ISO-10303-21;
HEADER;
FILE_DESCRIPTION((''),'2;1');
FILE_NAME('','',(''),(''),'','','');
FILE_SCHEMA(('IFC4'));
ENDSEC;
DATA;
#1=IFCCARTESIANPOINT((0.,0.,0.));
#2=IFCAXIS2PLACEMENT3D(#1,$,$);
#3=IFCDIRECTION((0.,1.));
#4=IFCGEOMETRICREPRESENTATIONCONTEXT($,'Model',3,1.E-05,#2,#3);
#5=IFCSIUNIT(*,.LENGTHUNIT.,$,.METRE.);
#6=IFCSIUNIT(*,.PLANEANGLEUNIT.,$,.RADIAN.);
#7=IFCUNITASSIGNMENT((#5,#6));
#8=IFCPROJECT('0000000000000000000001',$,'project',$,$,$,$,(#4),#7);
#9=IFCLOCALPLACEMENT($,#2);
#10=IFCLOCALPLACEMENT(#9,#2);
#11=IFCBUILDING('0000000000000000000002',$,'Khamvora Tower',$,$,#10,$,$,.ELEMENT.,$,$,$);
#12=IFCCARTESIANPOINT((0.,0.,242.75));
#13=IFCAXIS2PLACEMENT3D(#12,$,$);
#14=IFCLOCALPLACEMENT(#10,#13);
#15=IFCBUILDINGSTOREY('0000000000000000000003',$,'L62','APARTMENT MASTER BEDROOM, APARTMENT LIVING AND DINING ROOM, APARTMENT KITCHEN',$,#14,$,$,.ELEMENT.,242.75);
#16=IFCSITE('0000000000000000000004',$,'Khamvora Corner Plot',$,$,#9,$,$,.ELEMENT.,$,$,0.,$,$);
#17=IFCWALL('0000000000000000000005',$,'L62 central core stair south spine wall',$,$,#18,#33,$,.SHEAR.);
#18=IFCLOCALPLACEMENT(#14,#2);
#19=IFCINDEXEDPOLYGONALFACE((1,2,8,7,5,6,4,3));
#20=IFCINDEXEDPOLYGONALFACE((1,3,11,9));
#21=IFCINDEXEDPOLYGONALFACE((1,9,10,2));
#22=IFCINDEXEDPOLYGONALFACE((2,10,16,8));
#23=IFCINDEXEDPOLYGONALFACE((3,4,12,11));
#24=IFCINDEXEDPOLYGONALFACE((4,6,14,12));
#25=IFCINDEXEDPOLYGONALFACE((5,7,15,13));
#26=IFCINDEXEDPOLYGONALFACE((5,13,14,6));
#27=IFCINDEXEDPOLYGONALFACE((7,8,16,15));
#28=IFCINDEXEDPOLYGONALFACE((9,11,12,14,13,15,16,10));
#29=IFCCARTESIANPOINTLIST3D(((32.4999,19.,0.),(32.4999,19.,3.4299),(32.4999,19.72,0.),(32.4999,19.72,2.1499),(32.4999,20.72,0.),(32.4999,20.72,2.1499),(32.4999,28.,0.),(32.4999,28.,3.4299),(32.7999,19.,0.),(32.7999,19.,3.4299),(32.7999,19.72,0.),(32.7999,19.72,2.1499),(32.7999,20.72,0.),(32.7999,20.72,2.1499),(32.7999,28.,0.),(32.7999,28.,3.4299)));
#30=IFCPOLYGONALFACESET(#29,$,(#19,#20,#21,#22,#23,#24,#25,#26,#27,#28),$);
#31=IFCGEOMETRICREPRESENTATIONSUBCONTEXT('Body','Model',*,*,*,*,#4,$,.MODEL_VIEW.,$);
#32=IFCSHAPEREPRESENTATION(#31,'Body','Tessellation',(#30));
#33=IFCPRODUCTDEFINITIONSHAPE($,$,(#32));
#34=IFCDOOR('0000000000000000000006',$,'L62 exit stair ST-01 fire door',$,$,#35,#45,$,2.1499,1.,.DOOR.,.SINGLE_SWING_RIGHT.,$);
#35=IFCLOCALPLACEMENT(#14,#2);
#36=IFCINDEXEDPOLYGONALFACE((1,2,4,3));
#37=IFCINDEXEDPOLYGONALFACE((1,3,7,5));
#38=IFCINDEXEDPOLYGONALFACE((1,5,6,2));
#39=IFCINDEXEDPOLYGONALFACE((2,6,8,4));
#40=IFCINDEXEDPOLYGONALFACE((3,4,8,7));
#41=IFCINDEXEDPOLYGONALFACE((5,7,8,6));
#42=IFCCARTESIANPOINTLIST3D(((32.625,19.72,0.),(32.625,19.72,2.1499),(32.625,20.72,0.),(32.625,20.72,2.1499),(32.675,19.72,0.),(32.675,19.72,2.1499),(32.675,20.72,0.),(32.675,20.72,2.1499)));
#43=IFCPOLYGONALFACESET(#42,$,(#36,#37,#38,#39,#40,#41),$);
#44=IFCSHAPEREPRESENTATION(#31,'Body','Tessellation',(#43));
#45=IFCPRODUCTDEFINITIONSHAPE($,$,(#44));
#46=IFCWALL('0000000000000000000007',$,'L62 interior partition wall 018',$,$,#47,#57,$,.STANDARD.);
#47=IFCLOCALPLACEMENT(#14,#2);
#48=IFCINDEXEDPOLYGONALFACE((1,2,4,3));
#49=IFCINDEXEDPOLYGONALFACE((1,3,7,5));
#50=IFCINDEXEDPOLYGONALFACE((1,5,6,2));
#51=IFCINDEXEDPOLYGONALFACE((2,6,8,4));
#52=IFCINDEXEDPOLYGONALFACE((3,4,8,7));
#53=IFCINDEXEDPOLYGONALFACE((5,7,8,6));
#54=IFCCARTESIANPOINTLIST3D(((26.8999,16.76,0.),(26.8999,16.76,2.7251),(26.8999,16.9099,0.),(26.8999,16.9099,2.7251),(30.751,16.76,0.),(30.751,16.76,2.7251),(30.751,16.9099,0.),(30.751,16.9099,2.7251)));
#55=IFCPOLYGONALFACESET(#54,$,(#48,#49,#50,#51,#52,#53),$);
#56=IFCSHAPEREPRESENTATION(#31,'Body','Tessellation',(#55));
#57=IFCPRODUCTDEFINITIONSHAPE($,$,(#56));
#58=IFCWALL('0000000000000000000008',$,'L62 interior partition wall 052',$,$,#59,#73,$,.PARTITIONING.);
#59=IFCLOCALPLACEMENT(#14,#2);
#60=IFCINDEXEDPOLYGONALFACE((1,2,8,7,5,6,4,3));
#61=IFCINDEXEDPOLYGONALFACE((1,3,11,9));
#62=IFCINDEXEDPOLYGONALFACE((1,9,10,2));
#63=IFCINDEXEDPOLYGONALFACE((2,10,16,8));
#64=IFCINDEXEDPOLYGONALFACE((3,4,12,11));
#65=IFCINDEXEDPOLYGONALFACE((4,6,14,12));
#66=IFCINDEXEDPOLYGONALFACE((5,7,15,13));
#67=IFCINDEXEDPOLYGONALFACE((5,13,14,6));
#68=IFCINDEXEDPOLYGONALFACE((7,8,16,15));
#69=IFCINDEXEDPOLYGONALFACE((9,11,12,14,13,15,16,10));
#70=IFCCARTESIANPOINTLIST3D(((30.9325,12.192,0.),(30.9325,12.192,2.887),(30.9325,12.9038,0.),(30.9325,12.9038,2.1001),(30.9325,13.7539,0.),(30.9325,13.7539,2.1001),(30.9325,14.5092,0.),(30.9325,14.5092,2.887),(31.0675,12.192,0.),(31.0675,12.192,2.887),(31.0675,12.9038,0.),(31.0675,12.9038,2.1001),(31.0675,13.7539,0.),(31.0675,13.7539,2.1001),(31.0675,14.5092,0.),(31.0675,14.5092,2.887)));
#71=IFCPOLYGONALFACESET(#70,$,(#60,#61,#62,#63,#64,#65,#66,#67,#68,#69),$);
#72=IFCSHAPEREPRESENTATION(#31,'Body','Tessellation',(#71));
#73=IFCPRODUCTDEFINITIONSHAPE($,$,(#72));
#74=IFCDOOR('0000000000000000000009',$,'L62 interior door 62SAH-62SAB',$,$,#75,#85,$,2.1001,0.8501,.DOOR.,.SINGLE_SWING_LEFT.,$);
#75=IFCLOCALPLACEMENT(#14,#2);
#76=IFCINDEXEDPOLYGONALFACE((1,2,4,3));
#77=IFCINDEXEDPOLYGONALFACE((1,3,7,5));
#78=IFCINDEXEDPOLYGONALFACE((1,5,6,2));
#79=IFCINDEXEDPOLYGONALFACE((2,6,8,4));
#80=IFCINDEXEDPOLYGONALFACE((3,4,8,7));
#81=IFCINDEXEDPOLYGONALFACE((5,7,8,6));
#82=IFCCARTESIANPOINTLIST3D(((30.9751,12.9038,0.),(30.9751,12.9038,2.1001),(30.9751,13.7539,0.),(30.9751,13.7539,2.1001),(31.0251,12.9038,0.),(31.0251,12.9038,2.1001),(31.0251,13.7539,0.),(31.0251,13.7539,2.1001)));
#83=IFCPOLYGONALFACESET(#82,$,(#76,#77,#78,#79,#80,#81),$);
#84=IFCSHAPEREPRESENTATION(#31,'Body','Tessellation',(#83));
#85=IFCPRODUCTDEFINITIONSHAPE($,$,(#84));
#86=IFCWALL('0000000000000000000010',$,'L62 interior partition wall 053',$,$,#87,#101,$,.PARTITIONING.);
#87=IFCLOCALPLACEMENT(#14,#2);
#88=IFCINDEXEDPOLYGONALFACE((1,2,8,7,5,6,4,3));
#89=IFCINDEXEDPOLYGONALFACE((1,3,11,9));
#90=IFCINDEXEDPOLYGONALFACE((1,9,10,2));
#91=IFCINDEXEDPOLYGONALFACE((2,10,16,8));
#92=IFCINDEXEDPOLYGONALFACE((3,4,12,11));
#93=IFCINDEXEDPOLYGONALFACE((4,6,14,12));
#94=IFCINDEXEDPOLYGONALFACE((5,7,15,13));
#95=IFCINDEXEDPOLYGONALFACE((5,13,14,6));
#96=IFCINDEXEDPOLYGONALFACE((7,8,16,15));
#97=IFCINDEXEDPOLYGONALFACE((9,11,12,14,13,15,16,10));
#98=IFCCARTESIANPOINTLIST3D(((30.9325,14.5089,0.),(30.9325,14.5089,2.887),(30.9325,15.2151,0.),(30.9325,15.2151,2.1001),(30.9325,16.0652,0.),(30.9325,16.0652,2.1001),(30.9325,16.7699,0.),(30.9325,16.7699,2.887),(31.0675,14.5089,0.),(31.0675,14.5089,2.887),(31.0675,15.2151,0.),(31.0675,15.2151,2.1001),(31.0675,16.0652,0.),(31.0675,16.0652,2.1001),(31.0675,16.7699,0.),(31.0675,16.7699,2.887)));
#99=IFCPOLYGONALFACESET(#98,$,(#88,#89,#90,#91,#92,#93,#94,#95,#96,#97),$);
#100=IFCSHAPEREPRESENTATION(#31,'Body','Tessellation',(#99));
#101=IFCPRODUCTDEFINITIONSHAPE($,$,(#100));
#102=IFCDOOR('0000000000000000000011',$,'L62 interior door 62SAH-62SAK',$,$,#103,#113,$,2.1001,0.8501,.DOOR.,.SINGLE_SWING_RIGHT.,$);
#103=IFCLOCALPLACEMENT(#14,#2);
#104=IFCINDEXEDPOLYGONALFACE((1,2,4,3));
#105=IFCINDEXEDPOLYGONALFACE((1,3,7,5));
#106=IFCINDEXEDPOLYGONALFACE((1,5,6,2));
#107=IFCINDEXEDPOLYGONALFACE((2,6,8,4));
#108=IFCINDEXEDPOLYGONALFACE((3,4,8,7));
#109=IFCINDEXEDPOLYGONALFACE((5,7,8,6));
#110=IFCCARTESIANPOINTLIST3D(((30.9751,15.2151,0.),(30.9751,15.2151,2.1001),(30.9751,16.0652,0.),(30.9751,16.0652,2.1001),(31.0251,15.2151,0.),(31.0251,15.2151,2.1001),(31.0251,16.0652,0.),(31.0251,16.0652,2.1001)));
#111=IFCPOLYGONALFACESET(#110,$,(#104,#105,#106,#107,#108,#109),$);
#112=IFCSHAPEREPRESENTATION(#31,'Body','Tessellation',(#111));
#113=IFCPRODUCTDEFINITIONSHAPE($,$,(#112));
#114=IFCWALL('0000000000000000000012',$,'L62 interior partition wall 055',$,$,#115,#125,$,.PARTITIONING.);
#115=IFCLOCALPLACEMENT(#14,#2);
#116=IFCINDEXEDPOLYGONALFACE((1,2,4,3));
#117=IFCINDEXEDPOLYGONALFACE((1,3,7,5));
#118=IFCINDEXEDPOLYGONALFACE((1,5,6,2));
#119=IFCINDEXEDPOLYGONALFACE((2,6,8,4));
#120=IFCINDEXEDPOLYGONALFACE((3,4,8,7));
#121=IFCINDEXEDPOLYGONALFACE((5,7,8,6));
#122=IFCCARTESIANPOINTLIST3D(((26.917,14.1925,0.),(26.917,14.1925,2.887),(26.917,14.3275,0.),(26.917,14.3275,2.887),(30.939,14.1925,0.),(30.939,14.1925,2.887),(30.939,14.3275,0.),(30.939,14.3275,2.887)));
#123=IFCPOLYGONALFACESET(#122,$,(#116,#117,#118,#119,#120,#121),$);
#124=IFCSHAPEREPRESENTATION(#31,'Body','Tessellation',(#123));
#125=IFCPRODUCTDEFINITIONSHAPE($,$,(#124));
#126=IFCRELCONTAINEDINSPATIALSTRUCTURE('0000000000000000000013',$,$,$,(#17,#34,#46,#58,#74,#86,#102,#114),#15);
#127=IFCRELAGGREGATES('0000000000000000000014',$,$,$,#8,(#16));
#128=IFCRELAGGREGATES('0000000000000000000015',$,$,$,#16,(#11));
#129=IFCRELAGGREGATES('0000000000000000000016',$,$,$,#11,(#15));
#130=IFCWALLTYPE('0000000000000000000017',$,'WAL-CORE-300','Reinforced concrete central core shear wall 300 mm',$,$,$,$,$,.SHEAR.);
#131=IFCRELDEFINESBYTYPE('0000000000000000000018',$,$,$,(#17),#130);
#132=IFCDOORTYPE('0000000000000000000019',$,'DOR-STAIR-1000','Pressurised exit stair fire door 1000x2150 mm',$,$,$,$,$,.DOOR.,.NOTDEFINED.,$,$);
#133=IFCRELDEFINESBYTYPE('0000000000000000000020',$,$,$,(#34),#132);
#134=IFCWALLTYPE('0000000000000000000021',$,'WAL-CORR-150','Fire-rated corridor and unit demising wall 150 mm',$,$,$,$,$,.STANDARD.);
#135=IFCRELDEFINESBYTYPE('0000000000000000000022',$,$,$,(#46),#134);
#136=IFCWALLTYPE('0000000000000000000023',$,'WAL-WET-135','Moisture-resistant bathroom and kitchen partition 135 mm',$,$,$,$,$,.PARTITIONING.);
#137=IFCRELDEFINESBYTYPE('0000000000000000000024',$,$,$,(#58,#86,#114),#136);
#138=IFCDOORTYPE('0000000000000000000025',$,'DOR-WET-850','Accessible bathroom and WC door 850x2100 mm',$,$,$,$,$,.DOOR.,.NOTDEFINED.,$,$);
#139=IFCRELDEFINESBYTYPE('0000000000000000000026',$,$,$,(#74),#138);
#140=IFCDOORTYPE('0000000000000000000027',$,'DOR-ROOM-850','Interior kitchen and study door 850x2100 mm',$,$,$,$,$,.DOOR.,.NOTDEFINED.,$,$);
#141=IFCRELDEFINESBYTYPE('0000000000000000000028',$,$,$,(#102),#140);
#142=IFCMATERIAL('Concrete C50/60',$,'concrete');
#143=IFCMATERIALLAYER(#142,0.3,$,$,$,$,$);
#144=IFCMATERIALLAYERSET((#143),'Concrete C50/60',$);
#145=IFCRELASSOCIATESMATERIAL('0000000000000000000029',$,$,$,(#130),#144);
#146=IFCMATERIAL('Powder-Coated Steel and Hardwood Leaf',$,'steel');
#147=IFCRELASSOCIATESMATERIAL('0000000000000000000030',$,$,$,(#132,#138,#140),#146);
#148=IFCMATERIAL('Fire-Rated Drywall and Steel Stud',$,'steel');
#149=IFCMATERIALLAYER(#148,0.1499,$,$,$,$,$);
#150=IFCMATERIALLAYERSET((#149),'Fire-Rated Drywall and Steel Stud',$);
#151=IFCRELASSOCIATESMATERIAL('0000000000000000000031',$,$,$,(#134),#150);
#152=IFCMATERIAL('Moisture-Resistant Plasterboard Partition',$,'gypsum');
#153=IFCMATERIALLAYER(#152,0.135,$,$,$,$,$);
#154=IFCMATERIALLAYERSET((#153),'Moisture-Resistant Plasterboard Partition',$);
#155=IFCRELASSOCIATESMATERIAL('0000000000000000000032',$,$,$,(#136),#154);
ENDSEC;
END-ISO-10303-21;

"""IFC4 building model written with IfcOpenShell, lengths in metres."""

from ifc_helpers import new_model, si_unit, direction, frame, frame_2d, origin, place, context, subcontext, project, spatial, rectangle, extrude, material, layer, layer_set, type_object, element, fill, save


model = new_model("IFC4")

# Units and contexts
model_context = context("Model", 3, precision=1e-05, world=origin(), true_north=direction((0.0, 1.0)))
body_context = subcontext(model_context, "Body", "Model", "MODEL_VIEW")
ifc_project = project(units=[si_unit("LENGTHUNIT", "METRE"), si_unit("PLANEANGLEUNIT", "RADIAN")], contexts=[model_context])

# Site, building, storey
site_placement = place(None, origin())
site = spatial("IfcSite", under=ifc_project, at=site_placement, Name="Khamvora Corner Plot", CompositionType="ELEMENT", RefElevation=0.0)
building_placement = place(site_placement, origin())
building = spatial("IfcBuilding", under=site, at=building_placement, Name="Khamvora Tower", CompositionType="ELEMENT")
storey_placement = place(building_placement, frame((0.0, 0.0, 242.75)))
storey = spatial("IfcBuildingStorey", under=building, at=storey_placement, Name="L62", Description="APARTMENT MASTER BEDROOM, APARTMENT LIVING AND DINING ROOM, APARTMENT KITCHEN", CompositionType="ELEMENT", Elevation=242.75)

# Shared definitions
ifc_material_1 = material(Name="Concrete C50/60", Category="concrete")
ifc_layer_1 = layer(ifc_material_1, 0.3)
ifc_layer_set_1 = layer_set([ifc_layer_1], Name="Concrete C50/60")
wall_type_1 = type_object("IfcWallType", Name="WAL-CORE-300", Description="Reinforced concrete central core shear wall 300 mm", PredefinedType="SHEAR", material=ifc_layer_set_1)

# Wall, opening, door
ifc_material_2 = material(Name="Powder-Coated Steel and Hardwood Leaf", Category="steel")
wall_1_placement = place(storey_placement, frame((32.6499, 19.0, 0.0), z_axis=(0.0, 0.0, 1.0), x_axis=(0.0, 1.0, 0.0)))
wall_1 = element("IfcWall", 1, at=wall_1_placement, inside=storey, type_object=wall_type_1, Name="L62 central core stair south spine wall", PredefinedType="SHEAR", context=body_context, shape_type="SweptSolid", body=[
    extrude(rectangle(XDim=9.0, YDim=0.3, at=frame_2d((4.5, 0.0))), origin(), (0.0, 0.0, 1.0), 3.4299),
])
opening_1_placement = place(wall_1_placement, frame((0.72, 0.0, 0.0)))
opening_1 = element("IfcOpeningElement", 2, at=opening_1_placement, cuts=wall_1, PredefinedType="OPENING", context=body_context, shape_type="SweptSolid", body=[
    extrude(rectangle(XDim=1.0, YDim=2.1499, at=frame_2d((0.5, 1.075))), frame((0.0, 0.1599, 0.0), z_axis=(0.0, -1.0, 0.0), x_axis=(1.0, 0.0, 0.0)), (0.0, 0.0, 1.0), 0.3201),
])
door_type_1 = type_object("IfcDoorType", Name="DOR-STAIR-1000", Description="Pressurised exit stair fire door 1000x2150 mm", OperationType="NOTDEFINED", PredefinedType="DOOR", material=ifc_material_2)
door_1_placement = place(opening_1_placement, origin())
door_1 = element("IfcDoor", 3, at=door_1_placement, inside=storey, type_object=door_type_1, Name="L62 exit stair ST-01 fire door", OperationType="SINGLE_SWING_RIGHT", OverallHeight=2.1499, OverallWidth=1.0, PredefinedType="DOOR", context=body_context, shape_type="SweptSolid", body=[
    extrude(rectangle(XDim=1.0, YDim=2.1499, at=frame_2d((0.5, 1.075))), frame((0.0, 0.0249, 0.0), z_axis=(0.0, -1.0, 0.0), x_axis=(1.0, 0.0, 0.0)), (0.0, 0.0, 1.0), 0.05),
])
fill(opening_1, door_1)

# Wall
ifc_material_3 = material(Name="Fire-Rated Drywall and Steel Stud", Category="steel")
ifc_layer_2 = layer(ifc_material_3, 0.1499)
ifc_layer_set_2 = layer_set([ifc_layer_2], Name="Fire-Rated Drywall and Steel Stud")
wall_type_2 = type_object("IfcWallType", Name="WAL-CORR-150", Description="Fire-rated corridor and unit demising wall 150 mm", PredefinedType="STANDARD", material=ifc_layer_set_2)
wall_2_placement = place(storey_placement, frame((30.751, 16.835, 0.0), z_axis=(0.0, 0.0, 1.0), x_axis=(-1.0, 0.0, 0.0)))
element("IfcWall", 4, at=wall_2_placement, inside=storey, type_object=wall_type_2, Name="L62 interior partition wall 018", PredefinedType="STANDARD", context=body_context, shape_type="SweptSolid", body=[
    extrude(rectangle(XDim=3.8511, YDim=0.1499, at=frame_2d((1.9255, 0.0))), origin(), (0.0, 0.0, 1.0), 2.7251),
])

# Walls, openings, doors
ifc_material_4 = material(Name="Moisture-Resistant Plasterboard Partition", Category="gypsum")
ifc_layer_3 = layer(ifc_material_4, 0.135)
ifc_layer_set_3 = layer_set([ifc_layer_3], Name="Moisture-Resistant Plasterboard Partition")
wall_type_3 = type_object("IfcWallType", Name="WAL-WET-135", Description="Moisture-resistant bathroom and kitchen partition 135 mm", PredefinedType="PARTITIONING", material=ifc_layer_set_3)
wall_3_placement = place(storey_placement, frame((31.0, 12.1919, 0.0), z_axis=(0.0, 0.0, 1.0), x_axis=(0.0, 1.0, 0.0)))
wall_3 = element("IfcWall", 5, at=wall_3_placement, inside=storey, type_object=wall_type_3, Name="L62 interior partition wall 052", PredefinedType="PARTITIONING", context=body_context, shape_type="SweptSolid", body=[
    extrude(rectangle(XDim=2.3171, YDim=0.135, at=frame_2d((1.1587, 0.0))), origin(), (0.0, 0.0, 1.0), 2.887),
])
opening_2_placement = place(wall_3_placement, frame((0.7119, 0.0, 0.0)))
opening_2 = element("IfcOpeningElement", 6, at=opening_2_placement, cuts=wall_3, PredefinedType="OPENING", context=body_context, shape_type="SweptSolid", body=[
    extrude(rectangle(XDim=0.8501, YDim=2.1001, at=frame_2d((0.425, 1.05))), frame((0.0, 0.0774, 0.0), z_axis=(0.0, -1.0, 0.0), x_axis=(1.0, 0.0, 0.0)), (0.0, 0.0, 1.0), 0.155),
])
door_type_2 = type_object("IfcDoorType", Name="DOR-WET-850", Description="Accessible bathroom and WC door 850x2100 mm", OperationType="NOTDEFINED", PredefinedType="DOOR", material=ifc_material_2)
door_2_placement = place(opening_2_placement, origin())
door_2 = element("IfcDoor", 7, at=door_2_placement, inside=storey, type_object=door_type_2, Name="L62 interior door 62SAH-62SAB", OperationType="SINGLE_SWING_LEFT", OverallHeight=2.1001, OverallWidth=0.8501, PredefinedType="DOOR", context=body_context, shape_type="SweptSolid", body=[
    extrude(rectangle(XDim=0.8501, YDim=2.1001, at=frame_2d((0.425, 1.05))), frame((0.0, 0.0249, 0.0), z_axis=(0.0, -1.0, 0.0), x_axis=(1.0, 0.0, 0.0)), (0.0, 0.0, 1.0), 0.05),
])
fill(opening_2, door_2)
wall_4_placement = place(storey_placement, frame((31.0, 14.509, 0.0), z_axis=(0.0, 0.0, 1.0), x_axis=(0.0, 1.0, 0.0)))
wall_4 = element("IfcWall", 8, at=wall_4_placement, inside=storey, type_object=wall_type_3, Name="L62 interior partition wall 053", PredefinedType="PARTITIONING", context=body_context, shape_type="SweptSolid", body=[
    extrude(rectangle(XDim=2.261, YDim=0.135, at=frame_2d((1.1304, 0.0))), origin(), (0.0, 0.0, 1.0), 2.887),
])
opening_3_placement = place(wall_4_placement, frame((0.7061, 0.0, 0.0)))
opening_3 = element("IfcOpeningElement", 9, at=opening_3_placement, cuts=wall_4, PredefinedType="OPENING", context=body_context, shape_type="SweptSolid", body=[
    extrude(rectangle(XDim=0.8501, YDim=2.1001, at=frame_2d((0.425, 1.05))), frame((0.0, 0.0774, 0.0), z_axis=(0.0, -1.0, 0.0), x_axis=(1.0, 0.0, 0.0)), (0.0, 0.0, 1.0), 0.155),
])
door_type_3 = type_object("IfcDoorType", Name="DOR-ROOM-850", Description="Interior kitchen and study door 850x2100 mm", OperationType="NOTDEFINED", PredefinedType="DOOR", material=ifc_material_2)
door_3_placement = place(opening_3_placement, origin())
door_3 = element("IfcDoor", 10, at=door_3_placement, inside=storey, type_object=door_type_3, Name="L62 interior door 62SAH-62SAK", OperationType="SINGLE_SWING_RIGHT", OverallHeight=2.1001, OverallWidth=0.8501, PredefinedType="DOOR", context=body_context, shape_type="SweptSolid", body=[
    extrude(rectangle(XDim=0.8501, YDim=2.1001, at=frame_2d((0.425, 1.05))), frame((0.0, 0.0249, 0.0), z_axis=(0.0, -1.0, 0.0), x_axis=(1.0, 0.0, 0.0)), (0.0, 0.0, 1.0), 0.05),
])
fill(opening_3, door_3)

# Wall
wall_5_placement = place(storey_placement, frame((26.917, 14.26, 0.0), z_axis=(0.0, 0.0, 1.0), x_axis=(1.0, 0.0, 0.0)))
element("IfcWall", 11, at=wall_5_placement, inside=storey, type_object=wall_type_3, Name="L62 interior partition wall 055", PredefinedType="PARTITIONING", context=body_context, shape_type="SweptSolid", body=[
    extrude(rectangle(XDim=4.022, YDim=0.135, at=frame_2d((2.011, 0.0))), origin(), (0.0, 0.0, 1.0), 2.887),
])

save(model, "model.ifc")
